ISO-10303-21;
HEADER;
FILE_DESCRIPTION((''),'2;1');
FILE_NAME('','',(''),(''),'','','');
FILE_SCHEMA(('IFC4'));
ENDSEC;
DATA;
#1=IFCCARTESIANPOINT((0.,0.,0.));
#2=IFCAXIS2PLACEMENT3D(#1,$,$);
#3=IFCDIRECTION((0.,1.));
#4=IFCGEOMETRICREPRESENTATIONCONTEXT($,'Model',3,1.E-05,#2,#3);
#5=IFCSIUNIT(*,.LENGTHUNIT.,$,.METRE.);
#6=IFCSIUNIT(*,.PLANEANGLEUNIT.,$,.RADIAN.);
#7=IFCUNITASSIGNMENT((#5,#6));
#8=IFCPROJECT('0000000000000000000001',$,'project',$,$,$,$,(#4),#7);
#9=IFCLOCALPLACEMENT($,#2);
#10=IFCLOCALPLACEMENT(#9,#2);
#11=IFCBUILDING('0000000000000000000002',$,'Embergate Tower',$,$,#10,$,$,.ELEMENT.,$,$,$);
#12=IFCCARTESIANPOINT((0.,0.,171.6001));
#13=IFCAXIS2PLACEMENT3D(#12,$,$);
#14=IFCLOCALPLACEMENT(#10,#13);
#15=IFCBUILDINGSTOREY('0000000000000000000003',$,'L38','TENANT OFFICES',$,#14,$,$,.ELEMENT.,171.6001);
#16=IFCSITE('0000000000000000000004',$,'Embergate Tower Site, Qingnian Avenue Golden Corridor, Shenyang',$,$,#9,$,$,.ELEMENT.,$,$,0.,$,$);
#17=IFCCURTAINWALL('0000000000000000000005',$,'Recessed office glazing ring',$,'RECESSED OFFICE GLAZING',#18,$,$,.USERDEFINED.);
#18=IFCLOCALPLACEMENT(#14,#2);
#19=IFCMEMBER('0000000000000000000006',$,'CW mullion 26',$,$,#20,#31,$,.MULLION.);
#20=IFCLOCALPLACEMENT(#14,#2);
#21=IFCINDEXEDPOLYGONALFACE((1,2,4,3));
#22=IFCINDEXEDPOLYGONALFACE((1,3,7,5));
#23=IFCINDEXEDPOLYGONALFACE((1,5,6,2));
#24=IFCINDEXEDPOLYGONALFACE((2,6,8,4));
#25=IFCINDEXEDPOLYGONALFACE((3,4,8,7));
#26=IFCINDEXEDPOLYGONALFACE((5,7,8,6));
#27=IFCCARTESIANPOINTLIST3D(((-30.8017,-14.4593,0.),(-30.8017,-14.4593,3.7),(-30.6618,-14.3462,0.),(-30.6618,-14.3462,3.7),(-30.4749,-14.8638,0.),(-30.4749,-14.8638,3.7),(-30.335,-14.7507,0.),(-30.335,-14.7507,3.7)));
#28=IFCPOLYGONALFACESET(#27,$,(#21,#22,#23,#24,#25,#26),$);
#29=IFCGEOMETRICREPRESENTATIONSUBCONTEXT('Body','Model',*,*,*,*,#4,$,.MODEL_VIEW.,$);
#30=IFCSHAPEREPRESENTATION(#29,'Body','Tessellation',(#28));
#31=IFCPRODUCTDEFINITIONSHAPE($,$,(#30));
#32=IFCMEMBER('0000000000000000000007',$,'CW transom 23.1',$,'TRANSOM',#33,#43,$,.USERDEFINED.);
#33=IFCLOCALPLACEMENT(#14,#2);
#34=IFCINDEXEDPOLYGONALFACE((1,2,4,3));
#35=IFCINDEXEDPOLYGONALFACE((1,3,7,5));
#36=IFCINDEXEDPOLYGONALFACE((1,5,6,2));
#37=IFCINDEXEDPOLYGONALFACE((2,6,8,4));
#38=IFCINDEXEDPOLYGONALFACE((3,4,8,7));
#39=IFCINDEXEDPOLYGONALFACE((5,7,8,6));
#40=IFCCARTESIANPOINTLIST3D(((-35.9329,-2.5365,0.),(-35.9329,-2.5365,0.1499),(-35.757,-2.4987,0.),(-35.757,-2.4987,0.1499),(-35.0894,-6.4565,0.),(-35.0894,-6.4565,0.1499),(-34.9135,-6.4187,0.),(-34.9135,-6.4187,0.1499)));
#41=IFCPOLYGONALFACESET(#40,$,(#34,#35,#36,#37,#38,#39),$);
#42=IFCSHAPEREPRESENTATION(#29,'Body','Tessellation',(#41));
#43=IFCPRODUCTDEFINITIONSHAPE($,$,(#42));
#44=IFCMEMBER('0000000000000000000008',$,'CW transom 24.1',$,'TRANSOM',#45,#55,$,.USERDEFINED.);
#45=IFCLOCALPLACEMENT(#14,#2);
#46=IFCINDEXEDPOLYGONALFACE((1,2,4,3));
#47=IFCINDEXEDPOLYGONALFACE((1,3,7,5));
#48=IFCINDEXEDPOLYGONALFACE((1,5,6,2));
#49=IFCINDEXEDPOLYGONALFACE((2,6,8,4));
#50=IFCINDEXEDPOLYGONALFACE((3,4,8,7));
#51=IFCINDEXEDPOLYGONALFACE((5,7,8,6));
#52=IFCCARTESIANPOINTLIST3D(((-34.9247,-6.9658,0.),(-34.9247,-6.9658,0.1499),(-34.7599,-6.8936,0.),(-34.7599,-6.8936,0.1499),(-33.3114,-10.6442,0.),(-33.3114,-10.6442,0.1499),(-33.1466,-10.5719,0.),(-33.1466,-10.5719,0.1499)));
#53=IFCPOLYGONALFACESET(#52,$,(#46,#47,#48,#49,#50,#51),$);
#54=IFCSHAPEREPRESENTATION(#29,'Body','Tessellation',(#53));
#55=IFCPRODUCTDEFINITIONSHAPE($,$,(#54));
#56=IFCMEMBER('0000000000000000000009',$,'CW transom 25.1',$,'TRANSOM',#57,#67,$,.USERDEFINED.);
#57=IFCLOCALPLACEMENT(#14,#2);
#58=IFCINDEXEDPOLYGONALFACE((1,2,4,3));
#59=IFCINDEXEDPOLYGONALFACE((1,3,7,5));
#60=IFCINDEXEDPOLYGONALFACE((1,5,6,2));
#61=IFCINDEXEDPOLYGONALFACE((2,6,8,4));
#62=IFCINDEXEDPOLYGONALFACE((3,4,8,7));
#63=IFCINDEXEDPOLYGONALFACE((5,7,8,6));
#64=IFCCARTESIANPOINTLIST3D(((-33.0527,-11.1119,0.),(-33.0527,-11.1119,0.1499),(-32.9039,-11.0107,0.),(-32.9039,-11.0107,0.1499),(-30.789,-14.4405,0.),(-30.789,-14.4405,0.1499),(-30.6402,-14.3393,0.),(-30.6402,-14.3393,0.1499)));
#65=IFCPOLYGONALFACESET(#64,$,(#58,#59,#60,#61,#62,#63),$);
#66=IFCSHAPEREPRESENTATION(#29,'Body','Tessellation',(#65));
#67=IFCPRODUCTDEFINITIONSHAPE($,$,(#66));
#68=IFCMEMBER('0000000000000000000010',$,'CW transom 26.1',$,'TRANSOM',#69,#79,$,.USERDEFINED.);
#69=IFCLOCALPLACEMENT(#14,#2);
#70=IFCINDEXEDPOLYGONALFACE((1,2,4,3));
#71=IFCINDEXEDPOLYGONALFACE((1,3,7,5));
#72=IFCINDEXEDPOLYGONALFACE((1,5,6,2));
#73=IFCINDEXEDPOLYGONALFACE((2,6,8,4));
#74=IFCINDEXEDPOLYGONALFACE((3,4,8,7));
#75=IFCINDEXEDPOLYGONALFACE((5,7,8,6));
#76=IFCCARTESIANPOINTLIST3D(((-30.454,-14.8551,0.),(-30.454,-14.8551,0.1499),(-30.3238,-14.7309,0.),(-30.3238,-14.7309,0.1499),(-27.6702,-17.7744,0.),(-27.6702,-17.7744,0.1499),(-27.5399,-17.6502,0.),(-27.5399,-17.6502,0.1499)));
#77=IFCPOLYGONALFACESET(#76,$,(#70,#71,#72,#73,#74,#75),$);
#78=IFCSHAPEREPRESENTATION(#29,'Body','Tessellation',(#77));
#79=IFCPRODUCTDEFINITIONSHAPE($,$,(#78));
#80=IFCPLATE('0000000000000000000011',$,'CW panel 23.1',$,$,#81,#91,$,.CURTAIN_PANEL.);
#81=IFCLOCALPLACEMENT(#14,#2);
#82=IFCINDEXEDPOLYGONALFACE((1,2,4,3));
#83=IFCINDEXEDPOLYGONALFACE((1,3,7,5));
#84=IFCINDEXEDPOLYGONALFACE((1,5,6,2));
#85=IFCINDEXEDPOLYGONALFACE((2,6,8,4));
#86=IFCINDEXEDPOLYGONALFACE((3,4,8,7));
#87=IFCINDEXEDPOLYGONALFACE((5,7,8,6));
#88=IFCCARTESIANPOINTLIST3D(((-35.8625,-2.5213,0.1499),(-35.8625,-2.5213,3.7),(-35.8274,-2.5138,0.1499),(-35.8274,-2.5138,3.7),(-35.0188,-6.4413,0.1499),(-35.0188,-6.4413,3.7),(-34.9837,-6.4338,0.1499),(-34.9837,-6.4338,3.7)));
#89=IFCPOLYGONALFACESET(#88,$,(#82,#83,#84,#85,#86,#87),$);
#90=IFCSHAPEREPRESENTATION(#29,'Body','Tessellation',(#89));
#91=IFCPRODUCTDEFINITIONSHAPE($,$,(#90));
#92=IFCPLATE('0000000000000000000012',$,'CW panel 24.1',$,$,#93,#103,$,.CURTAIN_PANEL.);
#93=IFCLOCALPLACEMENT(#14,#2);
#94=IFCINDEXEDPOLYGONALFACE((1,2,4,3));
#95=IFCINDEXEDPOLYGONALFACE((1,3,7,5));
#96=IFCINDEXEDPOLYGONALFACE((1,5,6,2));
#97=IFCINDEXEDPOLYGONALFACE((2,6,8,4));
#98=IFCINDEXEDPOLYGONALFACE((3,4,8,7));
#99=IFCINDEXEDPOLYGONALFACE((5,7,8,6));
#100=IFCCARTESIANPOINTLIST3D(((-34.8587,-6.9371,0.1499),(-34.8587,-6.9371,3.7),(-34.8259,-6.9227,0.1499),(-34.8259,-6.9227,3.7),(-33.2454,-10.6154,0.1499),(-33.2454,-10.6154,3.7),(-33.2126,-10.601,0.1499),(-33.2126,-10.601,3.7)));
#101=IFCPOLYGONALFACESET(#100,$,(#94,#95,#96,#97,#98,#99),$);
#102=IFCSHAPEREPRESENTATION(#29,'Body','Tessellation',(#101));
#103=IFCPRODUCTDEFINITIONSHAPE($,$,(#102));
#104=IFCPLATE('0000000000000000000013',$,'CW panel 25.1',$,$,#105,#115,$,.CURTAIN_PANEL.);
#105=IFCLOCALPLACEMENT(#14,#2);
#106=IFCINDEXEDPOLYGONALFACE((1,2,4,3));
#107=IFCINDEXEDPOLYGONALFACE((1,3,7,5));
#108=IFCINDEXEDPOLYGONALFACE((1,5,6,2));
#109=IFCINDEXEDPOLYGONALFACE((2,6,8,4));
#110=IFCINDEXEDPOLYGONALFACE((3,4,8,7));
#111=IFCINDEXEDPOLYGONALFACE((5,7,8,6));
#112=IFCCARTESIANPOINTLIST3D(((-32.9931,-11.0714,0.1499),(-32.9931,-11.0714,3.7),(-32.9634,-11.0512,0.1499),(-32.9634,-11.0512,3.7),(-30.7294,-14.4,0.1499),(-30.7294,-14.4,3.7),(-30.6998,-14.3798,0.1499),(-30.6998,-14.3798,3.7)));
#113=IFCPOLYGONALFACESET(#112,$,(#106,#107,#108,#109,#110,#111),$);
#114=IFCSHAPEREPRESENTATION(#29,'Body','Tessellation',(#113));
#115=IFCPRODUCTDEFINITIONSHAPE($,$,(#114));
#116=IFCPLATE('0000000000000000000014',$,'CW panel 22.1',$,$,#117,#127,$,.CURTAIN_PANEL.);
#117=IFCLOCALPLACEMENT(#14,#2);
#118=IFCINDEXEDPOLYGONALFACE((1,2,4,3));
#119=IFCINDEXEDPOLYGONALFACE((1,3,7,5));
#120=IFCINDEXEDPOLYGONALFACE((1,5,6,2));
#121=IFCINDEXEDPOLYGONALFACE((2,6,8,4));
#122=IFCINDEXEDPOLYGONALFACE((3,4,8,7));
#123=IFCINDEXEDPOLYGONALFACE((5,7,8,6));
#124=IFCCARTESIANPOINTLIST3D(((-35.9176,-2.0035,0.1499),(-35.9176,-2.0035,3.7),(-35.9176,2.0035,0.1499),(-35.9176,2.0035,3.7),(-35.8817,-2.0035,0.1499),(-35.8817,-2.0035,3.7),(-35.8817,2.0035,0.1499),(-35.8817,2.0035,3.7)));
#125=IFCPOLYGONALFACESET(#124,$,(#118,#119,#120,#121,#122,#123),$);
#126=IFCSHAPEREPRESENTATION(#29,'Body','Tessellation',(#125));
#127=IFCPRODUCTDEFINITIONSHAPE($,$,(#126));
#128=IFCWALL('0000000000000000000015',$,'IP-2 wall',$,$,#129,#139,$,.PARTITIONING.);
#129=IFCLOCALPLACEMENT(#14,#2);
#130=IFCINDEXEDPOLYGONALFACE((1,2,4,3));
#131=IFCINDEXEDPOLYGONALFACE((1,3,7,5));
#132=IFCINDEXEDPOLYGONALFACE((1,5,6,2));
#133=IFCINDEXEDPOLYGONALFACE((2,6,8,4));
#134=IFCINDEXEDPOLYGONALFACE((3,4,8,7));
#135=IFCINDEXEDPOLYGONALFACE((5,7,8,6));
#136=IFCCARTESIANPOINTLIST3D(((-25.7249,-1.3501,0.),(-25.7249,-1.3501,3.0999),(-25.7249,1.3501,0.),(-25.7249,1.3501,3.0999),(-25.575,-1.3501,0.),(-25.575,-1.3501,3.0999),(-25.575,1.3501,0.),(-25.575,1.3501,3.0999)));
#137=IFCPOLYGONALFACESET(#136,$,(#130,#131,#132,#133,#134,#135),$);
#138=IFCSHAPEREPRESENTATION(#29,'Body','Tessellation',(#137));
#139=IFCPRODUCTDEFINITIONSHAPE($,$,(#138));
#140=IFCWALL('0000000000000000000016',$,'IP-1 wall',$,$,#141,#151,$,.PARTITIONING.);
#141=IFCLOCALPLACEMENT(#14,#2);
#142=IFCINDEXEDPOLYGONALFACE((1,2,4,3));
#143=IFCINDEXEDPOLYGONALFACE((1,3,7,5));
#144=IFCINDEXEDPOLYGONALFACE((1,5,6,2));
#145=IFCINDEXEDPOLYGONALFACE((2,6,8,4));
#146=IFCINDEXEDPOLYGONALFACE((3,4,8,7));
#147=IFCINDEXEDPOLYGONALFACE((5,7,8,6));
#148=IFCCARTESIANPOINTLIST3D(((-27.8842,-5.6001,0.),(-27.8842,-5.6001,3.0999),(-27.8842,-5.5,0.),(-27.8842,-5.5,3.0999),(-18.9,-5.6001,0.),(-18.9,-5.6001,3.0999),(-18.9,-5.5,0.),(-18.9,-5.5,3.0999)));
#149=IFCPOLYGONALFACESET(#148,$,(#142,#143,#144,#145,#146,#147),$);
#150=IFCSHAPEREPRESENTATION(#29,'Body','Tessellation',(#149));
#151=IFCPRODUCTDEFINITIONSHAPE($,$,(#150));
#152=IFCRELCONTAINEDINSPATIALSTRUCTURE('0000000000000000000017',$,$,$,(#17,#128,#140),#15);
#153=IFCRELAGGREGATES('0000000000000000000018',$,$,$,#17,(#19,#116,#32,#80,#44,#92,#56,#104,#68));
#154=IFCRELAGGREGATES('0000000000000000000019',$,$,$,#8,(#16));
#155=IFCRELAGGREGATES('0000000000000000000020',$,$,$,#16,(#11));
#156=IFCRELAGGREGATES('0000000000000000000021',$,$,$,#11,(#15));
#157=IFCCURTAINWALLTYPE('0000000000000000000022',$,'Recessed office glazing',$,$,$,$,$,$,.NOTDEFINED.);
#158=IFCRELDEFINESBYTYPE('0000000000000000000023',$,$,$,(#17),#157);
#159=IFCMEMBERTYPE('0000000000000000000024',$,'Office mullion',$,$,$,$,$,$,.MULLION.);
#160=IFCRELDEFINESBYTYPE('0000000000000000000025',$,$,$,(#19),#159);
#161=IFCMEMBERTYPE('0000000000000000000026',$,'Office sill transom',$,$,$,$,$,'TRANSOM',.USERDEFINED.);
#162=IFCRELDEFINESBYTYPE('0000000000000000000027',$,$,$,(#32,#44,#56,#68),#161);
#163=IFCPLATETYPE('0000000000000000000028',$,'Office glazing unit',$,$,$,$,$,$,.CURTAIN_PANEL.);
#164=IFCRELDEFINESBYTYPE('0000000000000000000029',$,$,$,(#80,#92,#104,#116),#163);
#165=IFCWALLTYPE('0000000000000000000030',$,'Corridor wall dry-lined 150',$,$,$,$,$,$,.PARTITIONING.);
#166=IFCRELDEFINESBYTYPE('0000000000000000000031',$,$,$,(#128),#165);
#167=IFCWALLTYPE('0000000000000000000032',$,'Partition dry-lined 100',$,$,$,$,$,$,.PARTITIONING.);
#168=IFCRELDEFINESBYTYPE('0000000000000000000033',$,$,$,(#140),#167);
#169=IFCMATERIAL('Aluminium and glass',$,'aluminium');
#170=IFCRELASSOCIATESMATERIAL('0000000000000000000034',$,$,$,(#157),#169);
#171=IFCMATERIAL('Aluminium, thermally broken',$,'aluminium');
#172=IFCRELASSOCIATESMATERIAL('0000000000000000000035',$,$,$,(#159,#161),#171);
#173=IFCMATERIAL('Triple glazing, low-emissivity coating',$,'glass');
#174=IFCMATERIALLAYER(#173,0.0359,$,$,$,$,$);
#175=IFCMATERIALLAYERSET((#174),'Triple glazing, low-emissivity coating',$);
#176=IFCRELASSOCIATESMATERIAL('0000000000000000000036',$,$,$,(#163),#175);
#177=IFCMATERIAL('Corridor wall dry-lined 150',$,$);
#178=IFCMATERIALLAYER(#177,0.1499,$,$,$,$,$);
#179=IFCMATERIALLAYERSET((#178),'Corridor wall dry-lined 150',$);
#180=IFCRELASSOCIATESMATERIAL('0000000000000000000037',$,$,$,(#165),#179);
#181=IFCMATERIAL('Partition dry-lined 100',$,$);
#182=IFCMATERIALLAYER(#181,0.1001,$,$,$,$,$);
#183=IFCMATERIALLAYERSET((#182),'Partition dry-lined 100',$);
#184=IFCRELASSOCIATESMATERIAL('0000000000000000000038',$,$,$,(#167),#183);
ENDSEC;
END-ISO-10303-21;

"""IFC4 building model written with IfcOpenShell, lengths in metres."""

from ifc_helpers import new_model, si_unit, direction, frame, frame_2d, origin, origin_2d, place, context, subcontext, project, spatial, rectangle, extrude, source, transform, mapped, material, layer, layer_set, material_profile, profile_set, type_object, element, aggregate, save


model = new_model("IFC4")

# Units and contexts
model_context = context("Model", 3, precision=1e-05, world=origin(), true_north=direction((0.0, 1.0)))
body_context = subcontext(model_context, "Body", "Model", "MODEL_VIEW")
ifc_project = project(units=[si_unit("LENGTHUNIT", "METRE"), si_unit("PLANEANGLEUNIT", "RADIAN")], contexts=[model_context])

# Site, building, storey
site_placement = place(None, origin())
site = spatial("IfcSite", under=ifc_project, at=site_placement, Name="Embergate Tower Site, Qingnian Avenue Golden Corridor, Shenyang", CompositionType="ELEMENT", RefElevation=0.0)
building_placement = place(site_placement, origin())
building = spatial("IfcBuilding", under=site, at=building_placement, Name="Embergate Tower", CompositionType="ELEMENT")
storey_placement = place(building_placement, frame((0.0, 0.0, 171.6001)))
storey = spatial("IfcBuildingStorey", under=building, at=storey_placement, Name="L38", Description="TENANT OFFICES", CompositionType="ELEMENT", Elevation=171.6001)

# Curtain wall, members, plates
ifc_material_1 = material(Name="Aluminium and glass", Category="aluminium")
curtain_wall_type = type_object("IfcCurtainWallType", Name="Recessed office glazing", PredefinedType="NOTDEFINED", material=ifc_material_1)
curtain_wall_placement = place(storey_placement, origin())
curtain_wall = element("IfcCurtainWall", 1, at=curtain_wall_placement, inside=storey, type_object=curtain_wall_type, Name="Recessed office glazing ring", ObjectType="RECESSED OFFICE GLAZING", PredefinedType="USERDEFINED")
ifc_material_2 = material(Name="Aluminium, thermally broken", Category="aluminium")
ifc_material_profile_1 = material_profile(ifc_material_2, rectangle(XDim=0.1799, YDim=0.52, at=origin_2d()), Name="AL 520x180")
ifc_profile_set_1 = profile_set([ifc_material_profile_1], Name="Aluminium, thermally broken")
member_type_1 = type_object("IfcMemberType", Name="Office mullion", PredefinedType="MULLION", material=ifc_profile_set_1)
shared_shape_1 = source(origin(), body_context, "Body", "SweptSolid", [
    extrude(rectangle(XDim=0.1799, YDim=0.52, at=origin_2d()), origin(), (0.0, 0.0, 1.0), 3.7),
])
member_1_placement = place(storey_placement, frame((-30.5684, -14.605, 0.0), z_axis=(0.0, 0.0, 1.0), x_axis=(0.777867, 0.628429, 0.0)))
member_1 = element("IfcMember", 2, at=member_1_placement, type_object=member_type_1, Name="CW mullion 26", PredefinedType="MULLION", context=body_context, shape_type="MappedRepresentation", body=[
    mapped(shared_shape_1, transform((0.0, 0.0, 0.0))),
])
ifc_material_profile_2 = material_profile(ifc_material_2, rectangle(XDim=0.1799, YDim=0.1499, at=origin_2d()), Name="AL 150x180")
ifc_profile_set_2 = profile_set([ifc_material_profile_2], Name="Aluminium, thermally broken")
member_type_2 = type_object("IfcMemberType", Name="Office sill transom", ElementType="TRANSOM", PredefinedType="USERDEFINED", material=ifc_profile_set_2)
shared_shape_2 = source(origin(), body_context, "Body", "SweptSolid", [
    extrude(rectangle(XDim=0.1799, YDim=0.1499, at=origin_2d()), origin(), (0.0, 0.0, 1.0), 4.0098),
])
member_2_placement = place(storey_placement, frame((-35.845, -2.5176, 0.075), z_axis=(0.210369, -0.977622, 0.0), x_axis=(0.977622, 0.210369, 0.0)))
member_2 = element("IfcMember", 3, at=member_2_placement, type_object=member_type_2, Name="CW transom 23.1", ObjectType="TRANSOM", PredefinedType="USERDEFINED", context=body_context, shape_type="MappedRepresentation", body=[
    mapped(shared_shape_2, transform((0.0, 0.0, 0.0))),
])
shared_shape_3 = source(origin(), body_context, "Body", "SweptSolid", [
    extrude(rectangle(XDim=0.1799, YDim=0.1499, at=origin_2d()), origin(), (0.0, 0.0, 1.0), 4.0166),
])
member_3_placement = place(storey_placement, frame((-34.8423, -6.9297, 0.075), z_axis=(0.401645, -0.915796, 0.0), x_axis=(0.915796, 0.401645, 0.0)))
member_3 = element("IfcMember", 4, at=member_3_placement, type_object=member_type_2, Name="CW transom 24.1", ObjectType="TRANSOM", PredefinedType="USERDEFINED", context=body_context, shape_type="MappedRepresentation", body=[
    mapped(shared_shape_3, transform((0.0, 0.0, 0.0))),
])
shared_shape_4 = source(origin(), body_context, "Body", "SweptSolid", [
    extrude(rectangle(XDim=0.1799, YDim=0.1499, at=origin_2d()), origin(), (0.0, 0.0, 1.0), 4.0254),
])
member_4_placement = place(storey_placement, frame((-32.9783, -11.0613, 0.075), z_axis=(0.562347, -0.826902, 0.0), x_axis=(0.826902, 0.562347, 0.0)))
member_4 = element("IfcMember", 5, at=member_4_placement, type_object=member_type_2, Name="CW transom 25.1", ObjectType="TRANSOM", PredefinedType="USERDEFINED", context=body_context, shape_type="MappedRepresentation", body=[
    mapped(shared_shape_4, transform((0.0, 0.0, 0.0))),
])
shared_shape_5 = source(origin(), body_context, "Body", "SweptSolid", [
    extrude(rectangle(XDim=0.1799, YDim=0.1499, at=origin_2d()), origin(), (0.0, 0.0, 1.0), 4.0339),
])
member_5_placement = place(storey_placement, frame((-30.3889, -14.793, 0.075), z_axis=(0.690113, -0.723702, 0.0), x_axis=(0.723702, 0.690113, 0.0)))
member_5 = element("IfcMember", 6, at=member_5_placement, type_object=member_type_2, Name="CW transom 26.1", ObjectType="TRANSOM", PredefinedType="USERDEFINED", context=body_context, shape_type="MappedRepresentation", body=[
    mapped(shared_shape_5, transform((0.0, 0.0, 0.0))),
])
ifc_material_3 = material(Name="Triple glazing, low-emissivity coating", Category="glass")
ifc_layer_1 = layer(ifc_material_3, 0.0359)
ifc_layer_set_1 = layer_set([ifc_layer_1], Name="Triple glazing, low-emissivity coating")
plate_type = type_object("IfcPlateType", Name="Office glazing unit", PredefinedType="CURTAIN_PANEL", material=ifc_layer_set_1)
shared_shape_6 = source(origin(), body_context, "Body", "SweptSolid", [
    extrude(rectangle(XDim=4.0098, YDim=0.0359, at=origin_2d()), origin(), (0.0, 0.0, 1.0), 3.55),
])
plate_1_placement = place(storey_placement, frame((-35.4231, -4.4775, 0.1499), z_axis=(0.0, 0.0, 1.0), x_axis=(0.210402, -0.977615, 0.0)))
plate_1 = element("IfcPlate", 7, at=plate_1_placement, type_object=plate_type, Name="CW panel 23.1", PredefinedType="CURTAIN_PANEL", context=body_context, shape_type="MappedRepresentation", body=[
    mapped(shared_shape_6, transform((0.0, 0.0, 0.0))),
])
shared_shape_7 = source(origin(), body_context, "Body", "SweptSolid", [
    extrude(rectangle(XDim=4.0166, YDim=0.0359, at=origin_2d()), origin(), (0.0, 0.0, 1.0), 3.55),
])
plate_2_placement = place(storey_placement, frame((-34.0356, -8.769, 0.1499), z_axis=(0.0, 0.0, 1.0), x_axis=(0.401658, -0.91579, 0.0)))
plate_2 = element("IfcPlate", 8, at=plate_2_placement, type_object=plate_type, Name="CW panel 24.1", PredefinedType="CURTAIN_PANEL", context=body_context, shape_type="MappedRepresentation", body=[
    mapped(shared_shape_7, transform((0.0, 0.0, 0.0))),
])
shared_shape_8 = source(origin(), body_context, "Body", "SweptSolid", [
    extrude(rectangle(XDim=4.0254, YDim=0.0359, at=origin_2d()), origin(), (0.0, 0.0, 1.0), 3.55),
])
plate_3_placement = place(storey_placement, frame((-31.8464, -12.7256, 0.1499), z_axis=(0.0, 0.0, 1.0), x_axis=(0.562348, -0.826901, 0.0)))
plate_3 = element("IfcPlate", 9, at=plate_3_placement, type_object=plate_type, Name="CW panel 25.1", PredefinedType="CURTAIN_PANEL", context=body_context, shape_type="MappedRepresentation", body=[
    mapped(shared_shape_8, transform((0.0, 0.0, 0.0))),
])
shared_shape_9 = source(origin(), body_context, "Body", "SweptSolid", [
    extrude(rectangle(XDim=4.0071, YDim=0.0359, at=origin_2d()), origin(), (0.0, 0.0, 1.0), 3.55),
])
plate_4_placement = place(storey_placement, frame((-35.8997, 0.0, 0.1499), z_axis=(0.0, 0.0, 1.0), x_axis=(0.0, -1.0, 0.0)))
plate_4 = element("IfcPlate", 10, at=plate_4_placement, type_object=plate_type, Name="CW panel 22.1", PredefinedType="CURTAIN_PANEL", context=body_context, shape_type="MappedRepresentation", body=[
    mapped(shared_shape_9, transform((0.0, 0.0, 0.0))),
])
aggregate(curtain_wall, [member_1, plate_4, member_2, plate_1, member_3, plate_2, member_4, plate_3, member_5])

# Walls
ifc_material_4 = material(Name="Corridor wall dry-lined 150")
ifc_layer_2 = layer(ifc_material_4, 0.1499)
ifc_layer_set_2 = layer_set([ifc_layer_2], Name="Corridor wall dry-lined 150")
wall_type_1 = type_object("IfcWallType", Name="Corridor wall dry-lined 150", PredefinedType="PARTITIONING", material=ifc_layer_set_2)
shared_shape_10 = source(origin(), body_context, "Body", "SweptSolid", [
    extrude(rectangle(XDim=2.7002, YDim=0.1499, at=frame_2d((1.3501, 0.0))), origin(), (0.0, 0.0, 1.0), 3.0999),
])
wall_1_placement = place(storey_placement, frame((-25.6499, -1.3501, 0.0), z_axis=(0.0, 0.0, 1.0), x_axis=(0.0, 1.0, 0.0)))
element("IfcWall", 11, at=wall_1_placement, inside=storey, type_object=wall_type_1, Name="IP-2 wall", PredefinedType="PARTITIONING", context=body_context, shape_type="MappedRepresentation", body=[
    mapped(shared_shape_10, transform((0.0, 0.0, 0.0))),
])
ifc_material_5 = material(Name="Partition dry-lined 100")
ifc_layer_3 = layer(ifc_material_5, 0.1001)
ifc_layer_set_3 = layer_set([ifc_layer_3], Name="Partition dry-lined 100")
wall_type_2 = type_object("IfcWallType", Name="Partition dry-lined 100", PredefinedType="PARTITIONING", material=ifc_layer_set_3)
shared_shape_11 = source(origin(), body_context, "Body", "SweptSolid", [
    extrude(rectangle(XDim=8.9841, YDim=0.1001, at=frame_2d((4.4922, 0.0))), origin(), (0.0, 0.0, 1.0), 3.0999),
])
wall_2_placement = place(storey_placement, frame((-18.8999, -5.55, 0.0), z_axis=(0.0, 0.0, 1.0), x_axis=(-1.0, 0.0, 0.0)))
element("IfcWall", 12, at=wall_2_placement, inside=storey, type_object=wall_type_2, Name="IP-1 wall", PredefinedType="PARTITIONING", context=body_context, shape_type="MappedRepresentation", body=[
    mapped(shared_shape_11, transform((0.0, 0.0, 0.0))),
])

save(model, "model.ifc")
